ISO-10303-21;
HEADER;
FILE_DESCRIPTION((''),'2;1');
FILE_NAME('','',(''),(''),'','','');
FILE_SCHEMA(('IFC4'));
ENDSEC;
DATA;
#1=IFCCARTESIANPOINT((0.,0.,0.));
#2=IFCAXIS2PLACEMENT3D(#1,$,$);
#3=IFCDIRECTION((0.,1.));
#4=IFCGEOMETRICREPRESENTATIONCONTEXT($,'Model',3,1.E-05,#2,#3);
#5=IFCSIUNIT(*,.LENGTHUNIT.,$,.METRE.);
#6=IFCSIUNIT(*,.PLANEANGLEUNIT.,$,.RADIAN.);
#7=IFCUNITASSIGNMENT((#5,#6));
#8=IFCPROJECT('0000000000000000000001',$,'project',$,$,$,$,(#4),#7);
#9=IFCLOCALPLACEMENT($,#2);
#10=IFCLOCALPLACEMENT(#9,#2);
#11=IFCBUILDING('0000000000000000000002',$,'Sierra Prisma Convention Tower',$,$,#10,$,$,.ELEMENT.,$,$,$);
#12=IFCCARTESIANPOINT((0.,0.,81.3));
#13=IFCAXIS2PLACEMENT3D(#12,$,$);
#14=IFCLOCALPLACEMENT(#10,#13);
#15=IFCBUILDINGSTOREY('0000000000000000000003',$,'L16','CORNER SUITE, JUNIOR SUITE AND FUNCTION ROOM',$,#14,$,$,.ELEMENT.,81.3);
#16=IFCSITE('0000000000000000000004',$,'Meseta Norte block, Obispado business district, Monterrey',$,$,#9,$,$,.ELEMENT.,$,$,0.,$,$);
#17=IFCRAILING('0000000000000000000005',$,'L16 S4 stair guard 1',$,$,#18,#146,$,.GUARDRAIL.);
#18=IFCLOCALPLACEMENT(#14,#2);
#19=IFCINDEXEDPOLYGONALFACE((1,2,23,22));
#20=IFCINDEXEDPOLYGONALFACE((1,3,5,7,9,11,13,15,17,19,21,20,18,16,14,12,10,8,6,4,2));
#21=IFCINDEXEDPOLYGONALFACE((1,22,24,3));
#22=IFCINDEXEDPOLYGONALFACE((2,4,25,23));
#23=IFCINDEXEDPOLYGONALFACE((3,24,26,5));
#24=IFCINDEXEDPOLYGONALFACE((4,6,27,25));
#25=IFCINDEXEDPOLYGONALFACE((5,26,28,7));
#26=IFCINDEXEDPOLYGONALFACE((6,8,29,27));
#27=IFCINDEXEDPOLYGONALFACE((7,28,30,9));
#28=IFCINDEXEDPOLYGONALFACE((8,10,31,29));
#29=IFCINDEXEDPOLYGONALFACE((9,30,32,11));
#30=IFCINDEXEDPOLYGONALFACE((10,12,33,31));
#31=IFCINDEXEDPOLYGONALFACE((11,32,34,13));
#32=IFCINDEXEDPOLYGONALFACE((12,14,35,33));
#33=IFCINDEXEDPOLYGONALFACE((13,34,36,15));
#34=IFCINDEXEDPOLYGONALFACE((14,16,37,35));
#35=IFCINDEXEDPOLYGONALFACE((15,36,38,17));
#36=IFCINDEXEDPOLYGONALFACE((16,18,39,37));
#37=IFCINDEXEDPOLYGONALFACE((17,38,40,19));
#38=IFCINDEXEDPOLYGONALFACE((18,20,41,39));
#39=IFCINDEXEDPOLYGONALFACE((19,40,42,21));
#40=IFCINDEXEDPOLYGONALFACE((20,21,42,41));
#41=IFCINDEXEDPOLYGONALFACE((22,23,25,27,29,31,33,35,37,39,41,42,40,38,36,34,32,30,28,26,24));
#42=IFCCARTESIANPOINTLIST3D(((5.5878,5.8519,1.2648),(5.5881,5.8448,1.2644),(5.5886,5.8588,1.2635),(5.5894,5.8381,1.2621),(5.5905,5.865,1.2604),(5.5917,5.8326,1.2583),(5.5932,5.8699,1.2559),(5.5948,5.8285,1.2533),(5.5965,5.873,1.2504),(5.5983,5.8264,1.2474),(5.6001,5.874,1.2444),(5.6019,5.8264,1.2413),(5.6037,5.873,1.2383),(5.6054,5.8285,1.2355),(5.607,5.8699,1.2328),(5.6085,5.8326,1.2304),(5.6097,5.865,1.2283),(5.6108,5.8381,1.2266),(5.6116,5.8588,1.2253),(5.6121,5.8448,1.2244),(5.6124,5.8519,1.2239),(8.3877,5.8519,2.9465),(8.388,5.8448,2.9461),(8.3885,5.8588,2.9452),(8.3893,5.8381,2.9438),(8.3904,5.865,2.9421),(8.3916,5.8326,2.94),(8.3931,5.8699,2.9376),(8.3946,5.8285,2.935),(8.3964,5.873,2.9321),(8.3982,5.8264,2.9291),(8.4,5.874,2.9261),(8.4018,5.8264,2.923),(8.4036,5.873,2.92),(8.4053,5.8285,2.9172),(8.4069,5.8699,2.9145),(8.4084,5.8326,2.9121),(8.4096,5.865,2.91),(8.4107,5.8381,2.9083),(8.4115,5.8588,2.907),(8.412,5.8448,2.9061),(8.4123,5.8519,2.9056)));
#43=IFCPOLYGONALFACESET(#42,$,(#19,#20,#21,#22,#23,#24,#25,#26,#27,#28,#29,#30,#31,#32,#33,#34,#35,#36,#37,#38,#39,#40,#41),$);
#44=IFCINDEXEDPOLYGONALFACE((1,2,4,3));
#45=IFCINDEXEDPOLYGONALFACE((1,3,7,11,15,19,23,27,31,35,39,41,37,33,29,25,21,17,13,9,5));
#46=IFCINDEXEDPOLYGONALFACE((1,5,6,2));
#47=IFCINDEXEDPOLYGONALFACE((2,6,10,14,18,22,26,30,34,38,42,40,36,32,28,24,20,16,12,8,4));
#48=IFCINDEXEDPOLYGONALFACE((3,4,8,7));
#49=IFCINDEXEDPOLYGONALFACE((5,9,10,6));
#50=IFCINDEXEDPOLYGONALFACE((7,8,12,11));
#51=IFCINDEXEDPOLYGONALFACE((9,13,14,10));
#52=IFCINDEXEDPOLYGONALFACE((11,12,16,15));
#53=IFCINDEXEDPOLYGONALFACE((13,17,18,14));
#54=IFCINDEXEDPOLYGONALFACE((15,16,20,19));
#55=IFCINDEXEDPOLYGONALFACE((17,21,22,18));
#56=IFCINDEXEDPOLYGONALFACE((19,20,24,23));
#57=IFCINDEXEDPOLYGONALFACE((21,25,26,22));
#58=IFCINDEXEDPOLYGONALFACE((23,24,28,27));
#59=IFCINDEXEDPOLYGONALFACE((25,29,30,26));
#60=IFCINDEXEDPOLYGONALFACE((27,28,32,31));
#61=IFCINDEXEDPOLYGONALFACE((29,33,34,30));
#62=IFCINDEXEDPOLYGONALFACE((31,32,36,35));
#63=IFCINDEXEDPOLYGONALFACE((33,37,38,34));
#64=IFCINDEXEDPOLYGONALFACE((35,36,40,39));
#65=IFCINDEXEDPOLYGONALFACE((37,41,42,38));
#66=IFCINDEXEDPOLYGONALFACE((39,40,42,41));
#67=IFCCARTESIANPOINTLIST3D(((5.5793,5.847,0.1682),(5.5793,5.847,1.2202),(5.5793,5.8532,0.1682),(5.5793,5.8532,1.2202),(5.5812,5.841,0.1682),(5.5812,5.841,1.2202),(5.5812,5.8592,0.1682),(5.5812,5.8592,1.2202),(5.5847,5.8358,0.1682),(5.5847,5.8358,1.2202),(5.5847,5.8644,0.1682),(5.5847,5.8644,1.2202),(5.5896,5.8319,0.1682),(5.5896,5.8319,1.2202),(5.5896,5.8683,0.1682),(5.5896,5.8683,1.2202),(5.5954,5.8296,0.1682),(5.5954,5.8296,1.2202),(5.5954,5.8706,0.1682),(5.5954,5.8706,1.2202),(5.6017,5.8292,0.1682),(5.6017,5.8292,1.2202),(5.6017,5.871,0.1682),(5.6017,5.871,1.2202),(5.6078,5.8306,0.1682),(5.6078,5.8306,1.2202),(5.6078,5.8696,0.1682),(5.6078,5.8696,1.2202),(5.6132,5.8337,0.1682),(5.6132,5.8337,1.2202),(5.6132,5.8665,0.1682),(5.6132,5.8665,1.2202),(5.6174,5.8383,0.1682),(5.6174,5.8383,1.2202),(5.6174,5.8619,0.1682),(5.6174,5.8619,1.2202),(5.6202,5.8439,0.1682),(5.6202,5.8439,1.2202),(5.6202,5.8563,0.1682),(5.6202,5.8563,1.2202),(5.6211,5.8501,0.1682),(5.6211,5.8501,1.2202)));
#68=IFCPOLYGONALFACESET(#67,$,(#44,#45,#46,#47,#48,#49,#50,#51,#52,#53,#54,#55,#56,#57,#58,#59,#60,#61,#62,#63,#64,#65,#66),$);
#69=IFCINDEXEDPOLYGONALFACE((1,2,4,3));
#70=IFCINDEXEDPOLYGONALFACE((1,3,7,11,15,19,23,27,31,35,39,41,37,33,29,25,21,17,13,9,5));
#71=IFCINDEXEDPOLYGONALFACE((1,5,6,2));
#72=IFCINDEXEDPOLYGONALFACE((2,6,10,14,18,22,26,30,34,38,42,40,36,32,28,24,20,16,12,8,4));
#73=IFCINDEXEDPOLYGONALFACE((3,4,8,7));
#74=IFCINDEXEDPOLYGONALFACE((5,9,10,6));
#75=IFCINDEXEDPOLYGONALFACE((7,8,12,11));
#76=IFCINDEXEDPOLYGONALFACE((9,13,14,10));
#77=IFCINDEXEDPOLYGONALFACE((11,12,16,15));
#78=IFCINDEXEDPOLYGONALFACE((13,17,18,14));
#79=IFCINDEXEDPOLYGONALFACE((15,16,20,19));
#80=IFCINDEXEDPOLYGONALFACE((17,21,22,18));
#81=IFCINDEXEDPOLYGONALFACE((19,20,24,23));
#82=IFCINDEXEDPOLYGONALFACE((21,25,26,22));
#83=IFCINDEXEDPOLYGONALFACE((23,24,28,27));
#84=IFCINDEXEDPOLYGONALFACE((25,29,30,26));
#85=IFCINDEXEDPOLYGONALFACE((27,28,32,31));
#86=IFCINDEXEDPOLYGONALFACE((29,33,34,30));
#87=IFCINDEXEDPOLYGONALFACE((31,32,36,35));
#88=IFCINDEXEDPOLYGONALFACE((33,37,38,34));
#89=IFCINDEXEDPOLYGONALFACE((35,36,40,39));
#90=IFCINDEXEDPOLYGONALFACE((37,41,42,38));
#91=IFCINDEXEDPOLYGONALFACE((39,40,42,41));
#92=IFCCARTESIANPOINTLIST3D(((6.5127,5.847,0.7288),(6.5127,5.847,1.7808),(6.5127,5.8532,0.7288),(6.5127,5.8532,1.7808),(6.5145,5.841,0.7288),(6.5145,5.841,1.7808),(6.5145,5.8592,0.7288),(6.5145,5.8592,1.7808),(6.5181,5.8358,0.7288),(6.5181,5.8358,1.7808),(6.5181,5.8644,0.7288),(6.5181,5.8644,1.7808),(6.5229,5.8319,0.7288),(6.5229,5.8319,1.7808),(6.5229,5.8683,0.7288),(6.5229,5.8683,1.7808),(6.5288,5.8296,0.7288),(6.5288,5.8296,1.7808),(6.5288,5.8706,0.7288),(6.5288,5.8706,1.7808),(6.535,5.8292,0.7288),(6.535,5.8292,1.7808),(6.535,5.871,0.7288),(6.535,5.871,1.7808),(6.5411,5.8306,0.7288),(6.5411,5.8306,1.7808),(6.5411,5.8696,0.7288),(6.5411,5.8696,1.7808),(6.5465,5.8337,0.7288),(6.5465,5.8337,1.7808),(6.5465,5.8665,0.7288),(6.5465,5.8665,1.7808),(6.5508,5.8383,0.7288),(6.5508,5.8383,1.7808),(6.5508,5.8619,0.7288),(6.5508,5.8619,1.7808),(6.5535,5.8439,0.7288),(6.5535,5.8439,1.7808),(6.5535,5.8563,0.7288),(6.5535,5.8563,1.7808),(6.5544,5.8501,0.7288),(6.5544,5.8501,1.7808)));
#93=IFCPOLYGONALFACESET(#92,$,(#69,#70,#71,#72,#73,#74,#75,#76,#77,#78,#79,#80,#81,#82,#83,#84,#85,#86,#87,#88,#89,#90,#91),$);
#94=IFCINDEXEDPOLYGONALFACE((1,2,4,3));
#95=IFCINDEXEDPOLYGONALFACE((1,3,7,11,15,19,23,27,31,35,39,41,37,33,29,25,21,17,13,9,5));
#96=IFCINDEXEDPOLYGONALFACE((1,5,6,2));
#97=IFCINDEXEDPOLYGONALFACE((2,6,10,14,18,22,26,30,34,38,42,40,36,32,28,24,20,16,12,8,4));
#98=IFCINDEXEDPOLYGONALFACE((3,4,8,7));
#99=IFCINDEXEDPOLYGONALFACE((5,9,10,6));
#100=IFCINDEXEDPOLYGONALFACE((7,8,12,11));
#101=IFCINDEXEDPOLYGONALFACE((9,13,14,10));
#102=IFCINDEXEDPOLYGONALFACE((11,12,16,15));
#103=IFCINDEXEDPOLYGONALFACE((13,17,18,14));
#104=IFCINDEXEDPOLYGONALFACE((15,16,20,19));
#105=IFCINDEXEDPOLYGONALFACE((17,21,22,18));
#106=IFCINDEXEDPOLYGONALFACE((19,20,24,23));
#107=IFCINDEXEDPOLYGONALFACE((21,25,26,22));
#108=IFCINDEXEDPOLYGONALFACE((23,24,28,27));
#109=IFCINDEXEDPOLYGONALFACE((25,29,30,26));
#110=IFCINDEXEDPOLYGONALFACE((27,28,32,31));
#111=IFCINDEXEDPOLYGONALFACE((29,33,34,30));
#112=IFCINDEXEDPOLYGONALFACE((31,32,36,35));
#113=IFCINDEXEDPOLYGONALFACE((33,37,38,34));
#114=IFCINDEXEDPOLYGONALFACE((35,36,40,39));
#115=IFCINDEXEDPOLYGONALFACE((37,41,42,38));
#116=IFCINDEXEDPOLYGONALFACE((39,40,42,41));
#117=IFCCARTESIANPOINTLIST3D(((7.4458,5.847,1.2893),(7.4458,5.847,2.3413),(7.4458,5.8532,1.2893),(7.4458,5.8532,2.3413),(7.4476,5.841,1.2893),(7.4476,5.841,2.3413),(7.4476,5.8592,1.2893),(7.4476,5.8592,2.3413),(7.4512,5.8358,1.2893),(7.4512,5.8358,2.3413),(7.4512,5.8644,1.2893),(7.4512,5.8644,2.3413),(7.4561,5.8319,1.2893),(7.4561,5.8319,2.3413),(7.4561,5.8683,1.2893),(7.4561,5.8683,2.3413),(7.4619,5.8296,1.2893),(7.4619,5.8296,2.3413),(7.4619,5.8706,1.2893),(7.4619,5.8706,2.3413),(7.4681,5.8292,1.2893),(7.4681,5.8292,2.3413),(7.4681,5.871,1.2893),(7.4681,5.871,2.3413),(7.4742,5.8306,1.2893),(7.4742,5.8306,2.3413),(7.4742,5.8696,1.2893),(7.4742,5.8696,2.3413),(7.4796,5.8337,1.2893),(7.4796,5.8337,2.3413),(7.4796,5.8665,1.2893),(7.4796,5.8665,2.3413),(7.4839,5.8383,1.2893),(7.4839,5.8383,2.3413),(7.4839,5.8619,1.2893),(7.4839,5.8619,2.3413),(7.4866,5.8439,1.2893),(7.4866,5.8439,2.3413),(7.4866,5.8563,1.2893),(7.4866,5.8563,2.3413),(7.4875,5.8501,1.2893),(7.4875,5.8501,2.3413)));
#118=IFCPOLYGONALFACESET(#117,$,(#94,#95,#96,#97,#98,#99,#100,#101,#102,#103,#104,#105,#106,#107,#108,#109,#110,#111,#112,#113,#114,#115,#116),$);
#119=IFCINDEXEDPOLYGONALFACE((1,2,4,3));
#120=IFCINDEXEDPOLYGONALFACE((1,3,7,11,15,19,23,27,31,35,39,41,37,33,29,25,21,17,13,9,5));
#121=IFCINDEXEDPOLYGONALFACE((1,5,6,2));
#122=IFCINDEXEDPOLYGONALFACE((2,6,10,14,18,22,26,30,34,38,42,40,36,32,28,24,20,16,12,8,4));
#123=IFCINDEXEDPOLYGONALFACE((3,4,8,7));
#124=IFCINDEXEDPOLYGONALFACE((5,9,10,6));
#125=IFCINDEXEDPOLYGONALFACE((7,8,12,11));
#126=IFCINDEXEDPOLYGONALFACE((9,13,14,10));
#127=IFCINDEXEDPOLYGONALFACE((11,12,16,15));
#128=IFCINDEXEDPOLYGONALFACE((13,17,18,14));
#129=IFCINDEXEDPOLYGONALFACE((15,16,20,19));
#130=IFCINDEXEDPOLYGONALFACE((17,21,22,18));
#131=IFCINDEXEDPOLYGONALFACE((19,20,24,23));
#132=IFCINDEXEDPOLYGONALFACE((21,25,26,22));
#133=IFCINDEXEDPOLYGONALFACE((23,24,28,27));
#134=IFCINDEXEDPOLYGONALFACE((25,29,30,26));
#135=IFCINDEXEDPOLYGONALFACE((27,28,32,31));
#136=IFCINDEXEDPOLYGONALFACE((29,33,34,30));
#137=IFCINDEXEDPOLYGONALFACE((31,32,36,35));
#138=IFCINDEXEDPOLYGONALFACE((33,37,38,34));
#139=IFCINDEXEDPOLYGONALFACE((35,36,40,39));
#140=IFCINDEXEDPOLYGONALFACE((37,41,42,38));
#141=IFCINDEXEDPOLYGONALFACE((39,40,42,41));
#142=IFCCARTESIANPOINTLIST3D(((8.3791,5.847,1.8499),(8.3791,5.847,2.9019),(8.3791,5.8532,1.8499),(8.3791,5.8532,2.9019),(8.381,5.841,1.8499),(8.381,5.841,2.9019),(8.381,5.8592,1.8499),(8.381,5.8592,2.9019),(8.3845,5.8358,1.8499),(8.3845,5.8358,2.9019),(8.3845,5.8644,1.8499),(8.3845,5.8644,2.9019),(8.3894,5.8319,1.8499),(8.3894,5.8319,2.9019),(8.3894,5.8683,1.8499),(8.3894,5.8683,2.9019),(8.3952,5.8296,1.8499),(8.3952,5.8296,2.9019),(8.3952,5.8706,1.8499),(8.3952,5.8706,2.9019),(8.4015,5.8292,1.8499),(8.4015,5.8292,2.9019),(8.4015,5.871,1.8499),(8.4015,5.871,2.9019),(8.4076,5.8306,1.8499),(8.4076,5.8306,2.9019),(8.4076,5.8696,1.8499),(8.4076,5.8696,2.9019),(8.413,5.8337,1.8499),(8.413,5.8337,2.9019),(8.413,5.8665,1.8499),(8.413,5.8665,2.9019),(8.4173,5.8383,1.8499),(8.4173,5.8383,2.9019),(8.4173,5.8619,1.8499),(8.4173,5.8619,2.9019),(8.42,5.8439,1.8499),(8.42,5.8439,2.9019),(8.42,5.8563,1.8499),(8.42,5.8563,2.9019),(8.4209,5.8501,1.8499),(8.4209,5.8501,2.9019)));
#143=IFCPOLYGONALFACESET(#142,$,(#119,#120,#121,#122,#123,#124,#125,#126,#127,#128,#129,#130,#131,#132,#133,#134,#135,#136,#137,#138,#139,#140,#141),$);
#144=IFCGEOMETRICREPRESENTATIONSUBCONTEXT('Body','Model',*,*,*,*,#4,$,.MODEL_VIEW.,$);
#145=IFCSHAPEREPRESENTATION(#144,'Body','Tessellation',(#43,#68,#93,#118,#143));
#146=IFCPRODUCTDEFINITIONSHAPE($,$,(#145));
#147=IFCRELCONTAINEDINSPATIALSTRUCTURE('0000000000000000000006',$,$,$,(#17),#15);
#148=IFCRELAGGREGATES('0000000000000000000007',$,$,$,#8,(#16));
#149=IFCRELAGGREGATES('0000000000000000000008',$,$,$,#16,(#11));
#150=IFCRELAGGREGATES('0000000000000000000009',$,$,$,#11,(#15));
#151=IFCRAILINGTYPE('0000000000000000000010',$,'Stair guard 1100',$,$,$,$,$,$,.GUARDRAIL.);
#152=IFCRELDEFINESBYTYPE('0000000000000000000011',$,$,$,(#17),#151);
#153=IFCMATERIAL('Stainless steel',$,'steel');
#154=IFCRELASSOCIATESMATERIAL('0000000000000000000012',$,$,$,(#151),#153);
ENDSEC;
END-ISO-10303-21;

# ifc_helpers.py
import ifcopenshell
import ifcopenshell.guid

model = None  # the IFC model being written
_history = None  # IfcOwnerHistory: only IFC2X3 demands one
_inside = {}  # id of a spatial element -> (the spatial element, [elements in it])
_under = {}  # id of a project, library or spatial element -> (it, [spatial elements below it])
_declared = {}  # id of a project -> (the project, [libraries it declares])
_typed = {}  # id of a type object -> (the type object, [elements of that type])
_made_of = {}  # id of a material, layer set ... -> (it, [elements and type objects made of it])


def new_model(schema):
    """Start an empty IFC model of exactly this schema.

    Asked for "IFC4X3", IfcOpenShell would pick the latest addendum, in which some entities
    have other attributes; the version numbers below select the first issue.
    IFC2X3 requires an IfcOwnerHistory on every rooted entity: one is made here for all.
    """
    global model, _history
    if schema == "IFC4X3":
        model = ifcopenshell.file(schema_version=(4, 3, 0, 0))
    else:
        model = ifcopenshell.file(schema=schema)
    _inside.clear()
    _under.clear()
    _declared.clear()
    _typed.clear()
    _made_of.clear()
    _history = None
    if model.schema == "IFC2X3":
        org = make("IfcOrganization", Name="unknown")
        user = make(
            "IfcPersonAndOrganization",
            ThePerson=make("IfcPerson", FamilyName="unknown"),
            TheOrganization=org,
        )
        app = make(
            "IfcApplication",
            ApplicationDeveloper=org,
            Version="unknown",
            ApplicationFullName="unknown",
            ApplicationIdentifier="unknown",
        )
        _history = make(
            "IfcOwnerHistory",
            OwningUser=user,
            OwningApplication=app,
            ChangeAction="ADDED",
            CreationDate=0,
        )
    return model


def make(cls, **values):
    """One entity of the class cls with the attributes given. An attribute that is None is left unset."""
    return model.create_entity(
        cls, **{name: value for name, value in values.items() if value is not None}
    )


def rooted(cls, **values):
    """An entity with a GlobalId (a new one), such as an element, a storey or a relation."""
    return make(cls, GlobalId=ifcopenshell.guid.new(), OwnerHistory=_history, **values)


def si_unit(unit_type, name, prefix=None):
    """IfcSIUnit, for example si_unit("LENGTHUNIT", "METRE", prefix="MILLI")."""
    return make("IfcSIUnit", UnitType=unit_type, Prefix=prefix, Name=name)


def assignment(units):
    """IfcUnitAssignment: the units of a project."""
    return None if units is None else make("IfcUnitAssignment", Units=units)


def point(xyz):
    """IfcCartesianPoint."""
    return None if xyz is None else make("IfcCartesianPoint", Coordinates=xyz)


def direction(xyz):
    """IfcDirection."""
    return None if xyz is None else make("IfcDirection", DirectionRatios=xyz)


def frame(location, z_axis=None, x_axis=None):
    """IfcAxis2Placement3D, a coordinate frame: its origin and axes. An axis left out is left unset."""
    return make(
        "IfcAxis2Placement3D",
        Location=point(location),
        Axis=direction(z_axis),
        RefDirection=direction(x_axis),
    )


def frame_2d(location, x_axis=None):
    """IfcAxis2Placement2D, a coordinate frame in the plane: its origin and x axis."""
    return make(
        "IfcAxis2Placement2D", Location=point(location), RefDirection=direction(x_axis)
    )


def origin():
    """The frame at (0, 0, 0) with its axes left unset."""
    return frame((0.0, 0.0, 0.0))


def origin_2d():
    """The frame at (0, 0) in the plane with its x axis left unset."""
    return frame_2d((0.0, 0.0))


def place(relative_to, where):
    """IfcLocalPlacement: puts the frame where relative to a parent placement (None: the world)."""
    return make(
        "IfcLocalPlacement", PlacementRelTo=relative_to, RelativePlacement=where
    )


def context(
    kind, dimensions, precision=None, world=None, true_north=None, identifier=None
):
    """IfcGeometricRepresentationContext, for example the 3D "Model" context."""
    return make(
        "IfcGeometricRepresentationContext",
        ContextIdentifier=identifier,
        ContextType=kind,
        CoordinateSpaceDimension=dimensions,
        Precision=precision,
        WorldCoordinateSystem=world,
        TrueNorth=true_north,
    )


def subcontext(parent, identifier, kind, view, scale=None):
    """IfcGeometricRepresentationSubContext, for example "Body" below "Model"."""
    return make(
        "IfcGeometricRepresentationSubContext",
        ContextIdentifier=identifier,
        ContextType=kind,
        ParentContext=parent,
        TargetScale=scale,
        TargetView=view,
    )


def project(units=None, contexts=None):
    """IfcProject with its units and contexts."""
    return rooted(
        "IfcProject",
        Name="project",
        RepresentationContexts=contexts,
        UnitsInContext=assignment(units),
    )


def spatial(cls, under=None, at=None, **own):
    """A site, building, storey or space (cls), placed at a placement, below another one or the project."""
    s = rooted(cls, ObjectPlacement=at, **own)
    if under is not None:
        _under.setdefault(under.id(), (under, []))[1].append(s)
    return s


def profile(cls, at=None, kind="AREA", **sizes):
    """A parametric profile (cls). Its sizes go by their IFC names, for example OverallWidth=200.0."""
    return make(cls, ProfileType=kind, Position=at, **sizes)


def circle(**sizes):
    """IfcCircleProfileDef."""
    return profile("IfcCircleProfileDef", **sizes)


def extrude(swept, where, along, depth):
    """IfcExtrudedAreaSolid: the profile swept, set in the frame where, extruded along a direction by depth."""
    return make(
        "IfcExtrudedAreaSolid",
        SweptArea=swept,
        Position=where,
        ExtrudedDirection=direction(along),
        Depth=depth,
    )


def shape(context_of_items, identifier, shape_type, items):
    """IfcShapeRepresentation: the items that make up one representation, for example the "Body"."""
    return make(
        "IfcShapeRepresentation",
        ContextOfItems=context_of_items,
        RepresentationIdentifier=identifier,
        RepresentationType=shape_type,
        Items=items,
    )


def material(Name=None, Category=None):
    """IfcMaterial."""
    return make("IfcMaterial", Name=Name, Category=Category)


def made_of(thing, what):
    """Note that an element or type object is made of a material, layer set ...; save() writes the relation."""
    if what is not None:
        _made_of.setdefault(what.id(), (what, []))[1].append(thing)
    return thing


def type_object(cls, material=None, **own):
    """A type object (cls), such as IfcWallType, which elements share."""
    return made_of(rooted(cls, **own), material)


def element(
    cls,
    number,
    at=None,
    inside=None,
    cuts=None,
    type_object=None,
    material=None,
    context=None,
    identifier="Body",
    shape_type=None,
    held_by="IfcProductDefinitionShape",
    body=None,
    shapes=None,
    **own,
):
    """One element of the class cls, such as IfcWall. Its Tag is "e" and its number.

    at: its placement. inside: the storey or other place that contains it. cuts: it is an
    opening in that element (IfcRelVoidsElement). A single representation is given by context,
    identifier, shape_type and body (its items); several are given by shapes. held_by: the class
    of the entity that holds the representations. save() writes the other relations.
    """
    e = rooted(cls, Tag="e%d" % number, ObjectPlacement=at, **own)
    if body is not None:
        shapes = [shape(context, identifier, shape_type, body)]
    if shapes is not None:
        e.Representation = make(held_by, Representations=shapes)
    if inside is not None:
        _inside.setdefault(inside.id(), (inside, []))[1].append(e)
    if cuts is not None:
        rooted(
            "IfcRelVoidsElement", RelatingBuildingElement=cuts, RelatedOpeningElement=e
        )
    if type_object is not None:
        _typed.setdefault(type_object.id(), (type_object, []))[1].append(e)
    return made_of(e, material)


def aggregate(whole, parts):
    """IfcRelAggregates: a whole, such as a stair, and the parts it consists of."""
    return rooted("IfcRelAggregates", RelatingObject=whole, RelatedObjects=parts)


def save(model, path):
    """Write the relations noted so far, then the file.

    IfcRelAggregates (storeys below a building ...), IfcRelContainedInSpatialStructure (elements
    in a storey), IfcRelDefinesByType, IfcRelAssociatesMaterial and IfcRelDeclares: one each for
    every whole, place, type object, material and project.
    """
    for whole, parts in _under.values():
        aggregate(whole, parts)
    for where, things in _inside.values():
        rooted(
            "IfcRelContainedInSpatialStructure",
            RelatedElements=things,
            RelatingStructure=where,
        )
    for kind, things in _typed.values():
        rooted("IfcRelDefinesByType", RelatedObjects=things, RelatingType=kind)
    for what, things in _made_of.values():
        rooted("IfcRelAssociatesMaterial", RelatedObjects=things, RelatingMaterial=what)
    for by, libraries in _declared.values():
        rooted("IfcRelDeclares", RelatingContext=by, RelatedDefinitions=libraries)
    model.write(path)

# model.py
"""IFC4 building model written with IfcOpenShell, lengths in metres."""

from ifc_helpers import new_model, si_unit, direction, frame, origin, origin_2d, place, context, subcontext, project, spatial, circle, extrude, material, type_object, element, save


model = new_model("IFC4")

# Units and contexts
model_context = context("Model", 3, precision=1e-05, world=origin(), true_north=direction((0.0, 1.0)))
body_context = subcontext(model_context, "Body", "Model", "MODEL_VIEW")
ifc_project = project(units=[si_unit("LENGTHUNIT", "METRE"), si_unit("PLANEANGLEUNIT", "RADIAN")], contexts=[model_context])

# Site, building, storey
site_placement = place(None, origin())
site = spatial("IfcSite", under=ifc_project, at=site_placement, Name="Meseta Norte block, Obispado business district, Monterrey", CompositionType="ELEMENT", RefElevation=0.0)
building_placement = place(site_placement, origin())
building = spatial("IfcBuilding", under=site, at=building_placement, Name="Sierra Prisma Convention Tower", CompositionType="ELEMENT")
storey_placement = place(building_placement, frame((0.0, 0.0, 81.3)))
storey = spatial("IfcBuildingStorey", under=building, at=storey_placement, Name="L16", Description="CORNER SUITE, JUNIOR SUITE AND FUNCTION ROOM", CompositionType="ELEMENT", Elevation=81.3)

# Railing
ifc_material_1 = material(Name="Stainless steel", Category="steel")
railing_type_1 = type_object("IfcRailingType", Name="Stair guard 1100", PredefinedType="GUARDRAIL", material=ifc_material_1)
railing_1_placement = place(storey_placement, frame((5.6001, 5.8501, 0.1682)))
element("IfcRailing", 1, at=railing_1_placement, inside=storey, type_object=railing_type_1, Name="L16 S4 stair guard 1", PredefinedType="GUARDRAIL", context=body_context, shape_type="SweptSolid", body=[
    extrude(circle(Radius=0.0239, at=origin_2d()), frame((0.0, 0.0, 1.0762), z_axis=(0.857255, 0.0, 0.514891), x_axis=(0.0, 1.0, 0.0)), (0.0, 0.0, 1.0), 3.2661),
    extrude(circle(Radius=0.021, at=origin_2d()), origin(), (0.0, 0.0, 1.0), 1.052),
    extrude(circle(Radius=0.021, at=origin_2d()), frame((0.9333, 0.0, 0.5605)), (0.0, 0.0, 1.0), 1.052),
    extrude(circle(Radius=0.021, at=origin_2d()), frame((1.8665, 0.0, 1.1211)), (0.0, 0.0, 1.0), 1.052),
    extrude(circle(Radius=0.021, at=origin_2d()), frame((2.7998, 0.0, 1.6816)), (0.0, 0.0, 1.0), 1.052),
])

save(model, "model.ifc")
